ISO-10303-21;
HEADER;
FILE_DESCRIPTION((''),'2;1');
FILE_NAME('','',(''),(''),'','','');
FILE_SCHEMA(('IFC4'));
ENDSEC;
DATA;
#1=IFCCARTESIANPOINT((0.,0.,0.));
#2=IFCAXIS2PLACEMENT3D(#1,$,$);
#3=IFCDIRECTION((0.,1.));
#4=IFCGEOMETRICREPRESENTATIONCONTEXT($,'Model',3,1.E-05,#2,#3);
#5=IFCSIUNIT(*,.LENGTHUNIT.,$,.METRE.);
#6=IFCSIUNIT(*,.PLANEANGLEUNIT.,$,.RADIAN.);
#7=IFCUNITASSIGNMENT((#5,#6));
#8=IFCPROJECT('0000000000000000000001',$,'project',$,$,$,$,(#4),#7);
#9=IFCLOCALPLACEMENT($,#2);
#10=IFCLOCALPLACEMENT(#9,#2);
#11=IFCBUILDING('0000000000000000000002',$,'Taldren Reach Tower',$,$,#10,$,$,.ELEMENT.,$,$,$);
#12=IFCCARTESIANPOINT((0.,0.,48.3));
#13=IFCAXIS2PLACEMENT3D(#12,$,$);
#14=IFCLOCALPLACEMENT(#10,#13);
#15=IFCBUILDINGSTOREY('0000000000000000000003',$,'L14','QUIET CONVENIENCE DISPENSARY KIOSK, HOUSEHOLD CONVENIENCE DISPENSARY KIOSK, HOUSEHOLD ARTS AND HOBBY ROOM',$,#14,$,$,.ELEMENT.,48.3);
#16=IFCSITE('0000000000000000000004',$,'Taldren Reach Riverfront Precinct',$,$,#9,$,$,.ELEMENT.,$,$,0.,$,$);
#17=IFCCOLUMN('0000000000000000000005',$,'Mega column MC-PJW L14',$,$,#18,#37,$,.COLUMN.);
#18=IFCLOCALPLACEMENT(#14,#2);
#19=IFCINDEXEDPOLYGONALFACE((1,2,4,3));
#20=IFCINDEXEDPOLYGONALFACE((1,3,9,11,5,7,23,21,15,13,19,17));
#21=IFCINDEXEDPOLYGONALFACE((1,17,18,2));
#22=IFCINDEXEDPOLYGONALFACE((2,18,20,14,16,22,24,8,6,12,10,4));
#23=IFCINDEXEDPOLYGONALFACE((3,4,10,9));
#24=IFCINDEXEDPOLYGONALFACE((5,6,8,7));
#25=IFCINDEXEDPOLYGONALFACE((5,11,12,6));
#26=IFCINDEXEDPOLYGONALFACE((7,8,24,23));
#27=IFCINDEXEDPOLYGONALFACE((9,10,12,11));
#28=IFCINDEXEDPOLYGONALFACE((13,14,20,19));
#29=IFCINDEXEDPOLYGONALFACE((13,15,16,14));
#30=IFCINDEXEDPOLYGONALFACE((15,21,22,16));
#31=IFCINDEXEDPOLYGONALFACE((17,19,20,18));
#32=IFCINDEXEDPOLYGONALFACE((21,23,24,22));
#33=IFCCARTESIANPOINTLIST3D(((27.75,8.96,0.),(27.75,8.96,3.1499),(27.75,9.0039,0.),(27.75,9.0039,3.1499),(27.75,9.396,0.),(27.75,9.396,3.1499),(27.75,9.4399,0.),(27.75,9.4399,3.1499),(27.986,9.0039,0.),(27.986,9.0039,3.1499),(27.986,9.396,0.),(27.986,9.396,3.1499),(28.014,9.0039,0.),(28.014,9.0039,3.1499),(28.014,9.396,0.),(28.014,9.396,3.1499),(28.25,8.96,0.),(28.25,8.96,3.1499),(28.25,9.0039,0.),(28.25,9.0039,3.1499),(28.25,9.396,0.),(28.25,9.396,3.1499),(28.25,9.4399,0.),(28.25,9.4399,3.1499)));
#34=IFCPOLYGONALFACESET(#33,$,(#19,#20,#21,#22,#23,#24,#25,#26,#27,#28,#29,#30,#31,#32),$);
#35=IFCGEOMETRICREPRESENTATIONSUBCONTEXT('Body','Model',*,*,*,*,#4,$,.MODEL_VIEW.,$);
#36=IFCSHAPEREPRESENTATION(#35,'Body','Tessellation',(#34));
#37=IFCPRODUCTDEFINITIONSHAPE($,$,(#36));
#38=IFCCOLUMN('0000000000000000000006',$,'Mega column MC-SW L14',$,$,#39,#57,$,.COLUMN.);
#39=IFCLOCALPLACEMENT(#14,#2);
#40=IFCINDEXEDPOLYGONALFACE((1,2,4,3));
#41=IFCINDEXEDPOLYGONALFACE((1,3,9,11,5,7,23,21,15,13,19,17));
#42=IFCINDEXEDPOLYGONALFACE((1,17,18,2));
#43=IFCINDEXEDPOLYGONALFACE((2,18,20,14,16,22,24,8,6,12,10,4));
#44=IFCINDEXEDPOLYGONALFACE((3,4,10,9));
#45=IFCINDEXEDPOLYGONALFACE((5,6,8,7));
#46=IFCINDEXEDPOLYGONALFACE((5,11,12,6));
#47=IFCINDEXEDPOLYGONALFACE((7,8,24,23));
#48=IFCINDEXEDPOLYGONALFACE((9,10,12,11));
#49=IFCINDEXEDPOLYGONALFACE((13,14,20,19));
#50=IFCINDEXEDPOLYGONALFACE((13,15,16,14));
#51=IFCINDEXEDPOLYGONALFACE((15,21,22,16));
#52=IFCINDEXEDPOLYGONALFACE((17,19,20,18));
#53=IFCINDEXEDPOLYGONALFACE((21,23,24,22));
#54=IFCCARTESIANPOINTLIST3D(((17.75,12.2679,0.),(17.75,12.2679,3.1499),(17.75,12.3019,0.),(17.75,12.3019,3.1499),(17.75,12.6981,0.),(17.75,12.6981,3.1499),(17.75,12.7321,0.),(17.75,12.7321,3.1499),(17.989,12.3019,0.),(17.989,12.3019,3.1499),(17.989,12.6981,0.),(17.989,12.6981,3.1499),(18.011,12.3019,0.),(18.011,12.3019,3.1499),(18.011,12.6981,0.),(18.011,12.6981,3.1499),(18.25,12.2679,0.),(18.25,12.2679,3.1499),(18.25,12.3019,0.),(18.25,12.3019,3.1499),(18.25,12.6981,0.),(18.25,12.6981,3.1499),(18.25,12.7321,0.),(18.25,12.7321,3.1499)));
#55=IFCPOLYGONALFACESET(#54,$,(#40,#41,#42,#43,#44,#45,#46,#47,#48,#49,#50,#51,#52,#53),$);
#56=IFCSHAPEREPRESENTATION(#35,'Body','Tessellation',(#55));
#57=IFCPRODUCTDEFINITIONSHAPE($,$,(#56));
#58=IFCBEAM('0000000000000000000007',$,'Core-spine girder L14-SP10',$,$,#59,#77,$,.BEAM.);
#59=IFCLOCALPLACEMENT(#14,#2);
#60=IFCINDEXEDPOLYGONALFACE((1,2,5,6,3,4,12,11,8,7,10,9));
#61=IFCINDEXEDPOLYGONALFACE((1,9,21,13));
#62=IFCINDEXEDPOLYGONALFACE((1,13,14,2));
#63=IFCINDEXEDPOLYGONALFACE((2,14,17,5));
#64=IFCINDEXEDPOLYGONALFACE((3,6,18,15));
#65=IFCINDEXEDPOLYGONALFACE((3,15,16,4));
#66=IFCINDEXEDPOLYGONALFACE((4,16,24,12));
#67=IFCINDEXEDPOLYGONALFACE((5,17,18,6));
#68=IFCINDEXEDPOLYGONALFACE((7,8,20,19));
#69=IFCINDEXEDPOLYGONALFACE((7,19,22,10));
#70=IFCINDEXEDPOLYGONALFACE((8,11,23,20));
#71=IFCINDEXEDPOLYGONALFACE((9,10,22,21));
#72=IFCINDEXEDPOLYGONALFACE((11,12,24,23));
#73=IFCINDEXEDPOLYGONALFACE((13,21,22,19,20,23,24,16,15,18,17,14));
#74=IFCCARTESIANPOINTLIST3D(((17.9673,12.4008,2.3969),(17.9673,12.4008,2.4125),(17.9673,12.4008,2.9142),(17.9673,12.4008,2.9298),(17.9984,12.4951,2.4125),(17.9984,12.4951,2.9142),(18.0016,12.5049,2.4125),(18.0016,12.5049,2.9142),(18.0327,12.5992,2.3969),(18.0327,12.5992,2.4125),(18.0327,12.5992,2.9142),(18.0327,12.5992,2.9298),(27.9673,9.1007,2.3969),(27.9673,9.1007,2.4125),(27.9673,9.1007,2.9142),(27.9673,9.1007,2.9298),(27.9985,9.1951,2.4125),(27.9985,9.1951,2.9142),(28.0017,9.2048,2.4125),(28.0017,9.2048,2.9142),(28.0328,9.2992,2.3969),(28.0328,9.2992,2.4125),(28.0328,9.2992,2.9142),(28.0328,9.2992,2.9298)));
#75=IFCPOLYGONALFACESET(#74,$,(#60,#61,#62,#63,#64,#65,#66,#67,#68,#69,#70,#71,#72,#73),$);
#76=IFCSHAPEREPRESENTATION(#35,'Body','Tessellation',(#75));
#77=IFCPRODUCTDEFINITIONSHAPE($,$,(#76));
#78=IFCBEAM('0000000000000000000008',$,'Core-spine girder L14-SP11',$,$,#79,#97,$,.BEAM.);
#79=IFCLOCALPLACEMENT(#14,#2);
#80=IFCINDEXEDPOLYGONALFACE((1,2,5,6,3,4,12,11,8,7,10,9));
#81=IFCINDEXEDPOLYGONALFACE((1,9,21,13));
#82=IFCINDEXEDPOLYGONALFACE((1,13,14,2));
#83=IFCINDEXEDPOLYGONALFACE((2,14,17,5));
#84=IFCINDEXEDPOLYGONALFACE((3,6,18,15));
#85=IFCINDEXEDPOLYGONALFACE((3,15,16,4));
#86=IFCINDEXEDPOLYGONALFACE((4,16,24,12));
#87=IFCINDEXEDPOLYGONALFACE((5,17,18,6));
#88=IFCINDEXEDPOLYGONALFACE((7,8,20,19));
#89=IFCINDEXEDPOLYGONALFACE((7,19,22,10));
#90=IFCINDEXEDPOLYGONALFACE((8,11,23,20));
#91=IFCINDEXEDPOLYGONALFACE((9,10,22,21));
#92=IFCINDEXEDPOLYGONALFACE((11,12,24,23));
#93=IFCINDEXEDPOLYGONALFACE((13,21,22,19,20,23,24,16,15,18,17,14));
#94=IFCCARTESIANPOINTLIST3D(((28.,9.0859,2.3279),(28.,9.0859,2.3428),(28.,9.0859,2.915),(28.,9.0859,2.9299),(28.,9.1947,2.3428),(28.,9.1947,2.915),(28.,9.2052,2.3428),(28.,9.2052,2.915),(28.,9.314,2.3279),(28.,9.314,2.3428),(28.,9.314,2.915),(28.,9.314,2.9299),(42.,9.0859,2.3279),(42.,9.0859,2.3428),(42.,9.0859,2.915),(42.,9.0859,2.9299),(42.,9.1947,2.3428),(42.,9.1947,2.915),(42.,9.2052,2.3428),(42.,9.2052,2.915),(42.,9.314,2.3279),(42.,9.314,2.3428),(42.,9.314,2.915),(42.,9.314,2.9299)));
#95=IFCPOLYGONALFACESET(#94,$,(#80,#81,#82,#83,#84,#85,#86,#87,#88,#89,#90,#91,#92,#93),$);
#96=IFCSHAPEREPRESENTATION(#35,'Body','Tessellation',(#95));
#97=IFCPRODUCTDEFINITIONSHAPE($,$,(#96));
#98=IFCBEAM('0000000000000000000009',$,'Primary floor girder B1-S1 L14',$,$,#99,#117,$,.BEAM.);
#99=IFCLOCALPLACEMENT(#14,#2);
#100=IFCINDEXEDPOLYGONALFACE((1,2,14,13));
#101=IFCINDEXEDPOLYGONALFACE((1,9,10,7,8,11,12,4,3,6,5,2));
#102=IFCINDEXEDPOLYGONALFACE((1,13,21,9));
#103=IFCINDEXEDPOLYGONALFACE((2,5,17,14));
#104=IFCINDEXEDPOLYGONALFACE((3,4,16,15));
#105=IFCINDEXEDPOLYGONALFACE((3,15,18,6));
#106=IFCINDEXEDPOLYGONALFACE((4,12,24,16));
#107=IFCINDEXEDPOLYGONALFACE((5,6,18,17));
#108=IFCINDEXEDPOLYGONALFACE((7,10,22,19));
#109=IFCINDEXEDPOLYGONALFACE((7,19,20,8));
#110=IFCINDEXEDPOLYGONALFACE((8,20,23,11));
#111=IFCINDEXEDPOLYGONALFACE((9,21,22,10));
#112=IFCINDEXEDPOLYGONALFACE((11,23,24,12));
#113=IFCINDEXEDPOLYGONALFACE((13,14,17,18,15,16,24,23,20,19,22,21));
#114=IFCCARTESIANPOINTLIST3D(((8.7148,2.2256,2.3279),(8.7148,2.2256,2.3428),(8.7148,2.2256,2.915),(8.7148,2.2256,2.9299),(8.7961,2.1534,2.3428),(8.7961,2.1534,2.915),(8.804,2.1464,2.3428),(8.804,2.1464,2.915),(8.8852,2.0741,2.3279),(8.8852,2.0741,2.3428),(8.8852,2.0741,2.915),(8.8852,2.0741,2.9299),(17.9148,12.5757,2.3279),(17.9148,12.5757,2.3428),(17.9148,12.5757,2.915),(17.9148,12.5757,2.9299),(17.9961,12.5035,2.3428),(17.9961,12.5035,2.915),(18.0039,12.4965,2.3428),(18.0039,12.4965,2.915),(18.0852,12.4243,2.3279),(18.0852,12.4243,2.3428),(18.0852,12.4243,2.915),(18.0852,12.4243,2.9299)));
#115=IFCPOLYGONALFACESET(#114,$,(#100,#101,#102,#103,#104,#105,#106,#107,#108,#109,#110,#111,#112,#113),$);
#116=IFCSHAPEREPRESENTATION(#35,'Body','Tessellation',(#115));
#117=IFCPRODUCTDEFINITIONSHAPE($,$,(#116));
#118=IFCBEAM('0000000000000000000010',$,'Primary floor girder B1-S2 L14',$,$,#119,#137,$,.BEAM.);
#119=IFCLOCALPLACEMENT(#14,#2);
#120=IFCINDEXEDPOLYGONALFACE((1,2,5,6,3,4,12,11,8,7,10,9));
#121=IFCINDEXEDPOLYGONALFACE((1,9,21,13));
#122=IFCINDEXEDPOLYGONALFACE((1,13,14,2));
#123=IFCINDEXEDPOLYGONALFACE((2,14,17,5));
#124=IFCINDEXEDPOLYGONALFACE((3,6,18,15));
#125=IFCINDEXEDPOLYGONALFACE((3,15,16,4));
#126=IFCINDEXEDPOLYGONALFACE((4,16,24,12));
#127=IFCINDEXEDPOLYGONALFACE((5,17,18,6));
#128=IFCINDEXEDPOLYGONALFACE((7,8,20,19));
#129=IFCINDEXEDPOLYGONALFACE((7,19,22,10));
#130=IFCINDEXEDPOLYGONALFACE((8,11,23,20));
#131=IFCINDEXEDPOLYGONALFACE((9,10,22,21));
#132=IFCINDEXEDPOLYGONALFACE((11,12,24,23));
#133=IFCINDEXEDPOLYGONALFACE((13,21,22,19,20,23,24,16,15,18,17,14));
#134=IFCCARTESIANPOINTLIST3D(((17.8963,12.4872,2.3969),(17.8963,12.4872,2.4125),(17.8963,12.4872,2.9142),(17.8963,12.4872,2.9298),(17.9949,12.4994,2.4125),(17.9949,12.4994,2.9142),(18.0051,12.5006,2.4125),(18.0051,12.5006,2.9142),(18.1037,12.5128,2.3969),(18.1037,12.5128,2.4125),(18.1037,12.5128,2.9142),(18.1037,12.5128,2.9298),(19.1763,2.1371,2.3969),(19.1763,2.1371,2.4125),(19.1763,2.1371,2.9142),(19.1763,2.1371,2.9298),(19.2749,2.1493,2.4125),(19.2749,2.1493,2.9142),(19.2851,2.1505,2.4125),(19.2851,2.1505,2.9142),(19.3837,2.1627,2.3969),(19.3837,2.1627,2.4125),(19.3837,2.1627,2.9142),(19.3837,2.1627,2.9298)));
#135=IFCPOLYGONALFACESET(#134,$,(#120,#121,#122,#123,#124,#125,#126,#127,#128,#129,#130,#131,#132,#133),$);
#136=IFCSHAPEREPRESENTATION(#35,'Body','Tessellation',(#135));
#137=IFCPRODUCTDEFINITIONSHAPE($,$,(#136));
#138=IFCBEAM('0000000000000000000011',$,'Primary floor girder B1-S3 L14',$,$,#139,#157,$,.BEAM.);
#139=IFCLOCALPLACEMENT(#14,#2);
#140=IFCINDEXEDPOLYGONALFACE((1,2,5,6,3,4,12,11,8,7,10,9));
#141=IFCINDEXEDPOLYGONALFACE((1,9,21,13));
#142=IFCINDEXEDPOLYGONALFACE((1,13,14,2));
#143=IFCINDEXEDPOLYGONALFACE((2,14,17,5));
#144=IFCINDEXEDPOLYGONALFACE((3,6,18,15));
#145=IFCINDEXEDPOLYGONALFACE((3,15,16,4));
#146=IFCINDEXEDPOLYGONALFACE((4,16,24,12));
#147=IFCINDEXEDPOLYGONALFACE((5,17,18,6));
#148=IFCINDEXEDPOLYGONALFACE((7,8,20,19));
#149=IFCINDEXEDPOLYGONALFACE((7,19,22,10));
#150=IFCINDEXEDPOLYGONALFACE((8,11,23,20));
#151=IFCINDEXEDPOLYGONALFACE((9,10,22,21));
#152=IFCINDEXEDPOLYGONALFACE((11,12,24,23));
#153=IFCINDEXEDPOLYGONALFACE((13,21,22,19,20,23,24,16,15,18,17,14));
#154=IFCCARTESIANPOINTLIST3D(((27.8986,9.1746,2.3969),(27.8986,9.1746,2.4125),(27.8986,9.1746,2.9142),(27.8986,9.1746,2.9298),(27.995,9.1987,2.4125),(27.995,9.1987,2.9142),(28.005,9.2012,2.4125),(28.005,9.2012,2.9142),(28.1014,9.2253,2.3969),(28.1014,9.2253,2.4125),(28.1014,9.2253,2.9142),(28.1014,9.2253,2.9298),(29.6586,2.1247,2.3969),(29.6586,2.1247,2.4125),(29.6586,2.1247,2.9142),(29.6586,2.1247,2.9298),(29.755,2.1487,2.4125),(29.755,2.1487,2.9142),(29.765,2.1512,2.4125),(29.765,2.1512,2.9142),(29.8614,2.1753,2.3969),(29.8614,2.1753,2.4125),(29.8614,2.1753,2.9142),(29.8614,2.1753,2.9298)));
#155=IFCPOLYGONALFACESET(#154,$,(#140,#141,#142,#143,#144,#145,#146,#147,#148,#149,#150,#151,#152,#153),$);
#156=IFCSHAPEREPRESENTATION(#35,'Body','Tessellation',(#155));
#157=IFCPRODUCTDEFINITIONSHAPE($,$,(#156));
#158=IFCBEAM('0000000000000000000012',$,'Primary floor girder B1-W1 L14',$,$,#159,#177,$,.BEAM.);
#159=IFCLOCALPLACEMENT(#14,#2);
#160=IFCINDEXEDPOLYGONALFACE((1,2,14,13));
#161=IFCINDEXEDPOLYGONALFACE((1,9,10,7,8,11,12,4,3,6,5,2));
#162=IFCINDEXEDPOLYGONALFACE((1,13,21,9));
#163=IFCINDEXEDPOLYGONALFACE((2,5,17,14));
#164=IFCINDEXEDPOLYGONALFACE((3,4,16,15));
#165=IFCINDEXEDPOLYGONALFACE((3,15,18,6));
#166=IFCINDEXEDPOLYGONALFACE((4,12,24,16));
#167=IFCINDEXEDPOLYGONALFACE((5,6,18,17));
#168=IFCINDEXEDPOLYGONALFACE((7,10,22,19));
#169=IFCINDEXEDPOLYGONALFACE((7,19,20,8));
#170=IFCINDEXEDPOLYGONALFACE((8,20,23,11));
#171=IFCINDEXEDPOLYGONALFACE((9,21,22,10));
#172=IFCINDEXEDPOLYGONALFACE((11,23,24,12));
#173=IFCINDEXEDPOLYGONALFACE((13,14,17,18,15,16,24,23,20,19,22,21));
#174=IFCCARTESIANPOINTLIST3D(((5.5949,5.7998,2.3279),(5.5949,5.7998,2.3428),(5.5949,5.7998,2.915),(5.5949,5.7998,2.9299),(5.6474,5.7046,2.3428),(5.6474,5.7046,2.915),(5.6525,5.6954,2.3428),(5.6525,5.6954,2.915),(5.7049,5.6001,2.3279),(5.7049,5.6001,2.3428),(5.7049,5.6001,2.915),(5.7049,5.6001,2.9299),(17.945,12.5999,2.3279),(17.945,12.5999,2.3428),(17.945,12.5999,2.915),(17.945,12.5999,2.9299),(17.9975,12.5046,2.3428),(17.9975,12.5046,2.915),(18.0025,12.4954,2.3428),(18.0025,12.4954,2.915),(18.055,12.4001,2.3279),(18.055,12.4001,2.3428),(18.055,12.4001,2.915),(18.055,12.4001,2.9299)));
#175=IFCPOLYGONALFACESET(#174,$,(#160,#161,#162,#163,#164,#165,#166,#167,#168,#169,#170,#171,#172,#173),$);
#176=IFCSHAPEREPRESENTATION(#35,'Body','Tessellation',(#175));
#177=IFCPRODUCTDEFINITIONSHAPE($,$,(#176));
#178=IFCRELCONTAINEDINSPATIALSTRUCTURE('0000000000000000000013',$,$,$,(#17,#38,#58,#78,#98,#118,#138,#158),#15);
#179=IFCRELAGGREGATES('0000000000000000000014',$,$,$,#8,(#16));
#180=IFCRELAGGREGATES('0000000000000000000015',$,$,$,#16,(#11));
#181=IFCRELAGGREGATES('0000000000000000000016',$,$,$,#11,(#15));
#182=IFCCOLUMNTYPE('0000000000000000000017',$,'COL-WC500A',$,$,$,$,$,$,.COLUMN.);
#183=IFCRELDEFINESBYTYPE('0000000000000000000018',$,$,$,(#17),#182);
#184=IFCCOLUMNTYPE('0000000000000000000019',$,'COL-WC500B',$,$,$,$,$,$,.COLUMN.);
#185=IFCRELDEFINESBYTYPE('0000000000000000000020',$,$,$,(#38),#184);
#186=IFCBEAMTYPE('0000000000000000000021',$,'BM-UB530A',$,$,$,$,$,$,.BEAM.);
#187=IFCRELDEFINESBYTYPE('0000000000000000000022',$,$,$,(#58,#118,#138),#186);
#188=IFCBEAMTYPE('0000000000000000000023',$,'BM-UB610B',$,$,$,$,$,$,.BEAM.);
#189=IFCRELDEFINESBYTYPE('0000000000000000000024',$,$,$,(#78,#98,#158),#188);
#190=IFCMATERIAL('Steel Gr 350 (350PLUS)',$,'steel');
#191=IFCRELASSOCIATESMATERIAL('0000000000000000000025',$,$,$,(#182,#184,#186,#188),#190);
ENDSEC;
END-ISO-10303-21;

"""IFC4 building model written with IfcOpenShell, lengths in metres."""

from ifc_helpers import new_model, si_unit, direction, frame, origin, origin_2d, place, context, subcontext, project, spatial, i_section, extrude, source, transform, mapped, material, material_profile, profile_set, type_object, element, save


model = new_model("IFC4")

# Units and contexts
model_context = context("Model", 3, precision=1e-05, world=origin(), true_north=direction((0.0, 1.0)))
body_context = subcontext(model_context, "Body", "Model", "MODEL_VIEW")
ifc_project = project(units=[si_unit("LENGTHUNIT", "METRE"), si_unit("PLANEANGLEUNIT", "RADIAN")], contexts=[model_context])

# Site, building, storey
site_placement = place(None, origin())
site = spatial("IfcSite", under=ifc_project, at=site_placement, Name="Taldren Reach Riverfront Precinct", CompositionType="ELEMENT", RefElevation=0.0)
building_placement = place(site_placement, origin())
building = spatial("IfcBuilding", under=site, at=building_placement, Name="Taldren Reach Tower", CompositionType="ELEMENT")
storey_placement = place(building_placement, frame((0.0, 0.0, 48.3)))
storey = spatial("IfcBuildingStorey", under=building, at=storey_placement, Name="L14", Description="QUIET CONVENIENCE DISPENSARY KIOSK, HOUSEHOLD CONVENIENCE DISPENSARY KIOSK, HOUSEHOLD ARTS AND HOBBY ROOM", CompositionType="ELEMENT", Elevation=48.3)

# Columns
ifc_material_1 = material(Name="Steel Gr 350 (350PLUS)", Category="steel")
ifc_material_profile_1 = material_profile(ifc_material_1, i_section(OverallWidth=0.5, OverallDepth=0.48, WebThickness=0.0281, FlangeThickness=0.0439, at=origin_2d()), Name="500WC440")
ifc_profile_set_1 = profile_set([ifc_material_profile_1], Name="Steel Gr 350 (350PLUS)")
column_type_1 = type_object("IfcColumnType", Name="COL-WC500A", PredefinedType="COLUMN", material=ifc_profile_set_1)
shared_shape_1 = source(origin(), body_context, "Body", "SweptSolid", [
    extrude(i_section(OverallWidth=0.5, OverallDepth=0.48, WebThickness=0.0281, FlangeThickness=0.0439, at=origin_2d()), origin(), (0.0, 0.0, 1.0), 3.1499),
])
column_1_placement = place(storey_placement, frame((28.0, 9.2, 0.0), z_axis=(0.0, 0.0, 1.0), x_axis=(1.0, 0.0, 0.0)))
element("IfcColumn", 1, at=column_1_placement, inside=storey, type_object=column_type_1, Name="Mega column MC-PJW L14", PredefinedType="COLUMN", context=body_context, shape_type="MappedRepresentation", body=[
    mapped(shared_shape_1, transform((0.0, 0.0, 0.0), scale=1.0)),
])
ifc_material_profile_2 = material_profile(ifc_material_1, i_section(OverallWidth=0.5, OverallDepth=0.4641, WebThickness=0.022, FlangeThickness=0.0339, at=origin_2d()), Name="500WC340")
ifc_profile_set_2 = profile_set([ifc_material_profile_2], Name="Steel Gr 350 (350PLUS)")
column_type_2 = type_object("IfcColumnType", Name="COL-WC500B", PredefinedType="COLUMN", material=ifc_profile_set_2)
shared_shape_2 = source(origin(), body_context, "Body", "SweptSolid", [
    extrude(i_section(OverallWidth=0.5, OverallDepth=0.4641, WebThickness=0.022, FlangeThickness=0.0339, at=origin_2d()), origin(), (0.0, 0.0, 1.0), 3.1499),
])
column_2_placement = place(storey_placement, frame((18.0, 12.5, 0.0), z_axis=(0.0, 0.0, 1.0), x_axis=(1.0, 0.0, 0.0)))
element("IfcColumn", 2, at=column_2_placement, inside=storey, type_object=column_type_2, Name="Mega column MC-SW L14", PredefinedType="COLUMN", context=body_context, shape_type="MappedRepresentation", body=[
    mapped(shared_shape_2, transform((0.0, 0.0, 0.0), scale=1.0)),
])

# Beams
ifc_material_profile_3 = material_profile(ifc_material_1, i_section(OverallWidth=0.209, OverallDepth=0.533, WebThickness=0.0103, FlangeThickness=0.0156, at=origin_2d()), Name="530UB92.4")
ifc_profile_set_3 = profile_set([ifc_material_profile_3], Name="Steel Gr 350 (350PLUS)")
beam_type_1 = type_object("IfcBeamType", Name="BM-UB530A", PredefinedType="BEAM", material=ifc_profile_set_3)
shared_shape_3 = source(origin(), body_context, "Body", "SweptSolid", [
    extrude(i_section(OverallWidth=0.209, OverallDepth=0.533, WebThickness=0.0103, FlangeThickness=0.0156, at=origin_2d()), origin(), (0.0, 0.0, 1.0), 10.5305),
])
beam_1_placement = place(storey_placement, frame((18.0, 12.5, 2.6633), z_axis=(0.949627, -0.313382, 0.0), x_axis=(0.313382, 0.949627, 0.0)))
element("IfcBeam", 3, at=beam_1_placement, inside=storey, type_object=beam_type_1, Name="Core-spine girder L14-SP10", PredefinedType="BEAM", context=body_context, shape_type="MappedRepresentation", body=[
    mapped(shared_shape_3, transform((0.0, 0.0, 0.0), scale=1.0)),
])
ifc_material_profile_4 = material_profile(ifc_material_1, i_section(OverallWidth=0.228, OverallDepth=0.6021, WebThickness=0.0105, FlangeThickness=0.0149, at=origin_2d()), Name="610UB101")
ifc_profile_set_4 = profile_set([ifc_material_profile_4], Name="Steel Gr 350 (350PLUS)")
beam_type_2 = type_object("IfcBeamType", Name="BM-UB610B", PredefinedType="BEAM", material=ifc_profile_set_4)
shared_shape_4 = source(origin(), body_context, "Body", "SweptSolid", [
    extrude(i_section(OverallWidth=0.228, OverallDepth=0.6021, WebThickness=0.0105, FlangeThickness=0.0149, at=origin_2d()), origin(), (0.0, 0.0, 1.0), 14.0),
])
beam_2_placement = place(storey_placement, frame((28.0, 9.2, 2.6289), z_axis=(1.0, 0.0, 0.0), x_axis=(0.0, 1.0, 0.0)))
element("IfcBeam", 4, at=beam_2_placement, inside=storey, type_object=beam_type_2, Name="Core-spine girder L14-SP11", PredefinedType="BEAM", context=body_context, shape_type="MappedRepresentation", body=[
    mapped(shared_shape_4, transform((0.0, 0.0, 0.0), scale=1.0)),
])
shared_shape_5 = source(origin(), body_context, "Body", "SweptSolid", [
    extrude(i_section(OverallWidth=0.228, OverallDepth=0.6021, WebThickness=0.0105, FlangeThickness=0.0149, at=origin_2d()), origin(), (0.0, 0.0, 1.0), 13.8479),
])
beam_3_placement = place(storey_placement, frame((18.0, 12.5, 2.6289), z_axis=(-0.664358, -0.747414, 0.0), x_axis=(0.747414, -0.664358, 0.0)))
element("IfcBeam", 5, at=beam_3_placement, inside=storey, type_object=beam_type_2, Name="Primary floor girder B1-S1 L14", PredefinedType="BEAM", context=body_context, shape_type="MappedRepresentation", body=[
    mapped(shared_shape_5, transform((0.0, 0.0, 0.0), scale=1.0)),
])
shared_shape_6 = source(origin(), body_context, "Body", "SweptSolid", [
    extrude(i_section(OverallWidth=0.209, OverallDepth=0.533, WebThickness=0.0103, FlangeThickness=0.0156, at=origin_2d()), origin(), (0.0, 0.0, 1.0), 10.429),
])
beam_4_placement = place(storey_placement, frame((18.0, 12.5, 2.6633), z_axis=(0.122738, -0.992439, 0.0), x_axis=(0.992439, 0.122738, 0.0)))
element("IfcBeam", 6, at=beam_4_placement, inside=storey, type_object=beam_type_1, Name="Primary floor girder B1-S2 L14", PredefinedType="BEAM", context=body_context, shape_type="MappedRepresentation", body=[
    mapped(shared_shape_6, transform((0.0, 0.0, 0.0), scale=1.0)),
])
shared_shape_7 = source(origin(), body_context, "Body", "SweptSolid", [
    extrude(i_section(OverallWidth=0.209, OverallDepth=0.533, WebThickness=0.0103, FlangeThickness=0.0156, at=origin_2d()), origin(), (0.0, 0.0, 1.0), 7.2664),
])
beam_5_placement = place(storey_placement, frame((28.0, 9.2, 2.6633), z_axis=(0.242211, -0.970223, 0.0), x_axis=(0.970223, 0.242211, 0.0)))
element("IfcBeam", 7, at=beam_5_placement, inside=storey, type_object=beam_type_1, Name="Primary floor girder B1-S3 L14", PredefinedType="BEAM", context=body_context, shape_type="MappedRepresentation", body=[
    mapped(shared_shape_7, transform((0.0, 0.0, 0.0), scale=1.0)),
])
shared_shape_8 = source(origin(), body_context, "Body", "SweptSolid", [
    extrude(i_section(OverallWidth=0.228, OverallDepth=0.6021, WebThickness=0.0105, FlangeThickness=0.0149, at=origin_2d()), origin(), (0.0, 0.0, 1.0), 14.0984),
])
beam_6_placement = place(storey_placement, frame((18.0, 12.5, 2.6289), z_axis=(-0.875991, -0.482327, 0.0), x_axis=(0.482327, -0.875991, 0.0)))
element("IfcBeam", 8, at=beam_6_placement, inside=storey, type_object=beam_type_2, Name="Primary floor girder B1-W1 L14", PredefinedType="BEAM", context=body_context, shape_type="MappedRepresentation", body=[
    mapped(shared_shape_8, transform((0.0, 0.0, 0.0), scale=1.0)),
])

save(model, "model.ifc")
